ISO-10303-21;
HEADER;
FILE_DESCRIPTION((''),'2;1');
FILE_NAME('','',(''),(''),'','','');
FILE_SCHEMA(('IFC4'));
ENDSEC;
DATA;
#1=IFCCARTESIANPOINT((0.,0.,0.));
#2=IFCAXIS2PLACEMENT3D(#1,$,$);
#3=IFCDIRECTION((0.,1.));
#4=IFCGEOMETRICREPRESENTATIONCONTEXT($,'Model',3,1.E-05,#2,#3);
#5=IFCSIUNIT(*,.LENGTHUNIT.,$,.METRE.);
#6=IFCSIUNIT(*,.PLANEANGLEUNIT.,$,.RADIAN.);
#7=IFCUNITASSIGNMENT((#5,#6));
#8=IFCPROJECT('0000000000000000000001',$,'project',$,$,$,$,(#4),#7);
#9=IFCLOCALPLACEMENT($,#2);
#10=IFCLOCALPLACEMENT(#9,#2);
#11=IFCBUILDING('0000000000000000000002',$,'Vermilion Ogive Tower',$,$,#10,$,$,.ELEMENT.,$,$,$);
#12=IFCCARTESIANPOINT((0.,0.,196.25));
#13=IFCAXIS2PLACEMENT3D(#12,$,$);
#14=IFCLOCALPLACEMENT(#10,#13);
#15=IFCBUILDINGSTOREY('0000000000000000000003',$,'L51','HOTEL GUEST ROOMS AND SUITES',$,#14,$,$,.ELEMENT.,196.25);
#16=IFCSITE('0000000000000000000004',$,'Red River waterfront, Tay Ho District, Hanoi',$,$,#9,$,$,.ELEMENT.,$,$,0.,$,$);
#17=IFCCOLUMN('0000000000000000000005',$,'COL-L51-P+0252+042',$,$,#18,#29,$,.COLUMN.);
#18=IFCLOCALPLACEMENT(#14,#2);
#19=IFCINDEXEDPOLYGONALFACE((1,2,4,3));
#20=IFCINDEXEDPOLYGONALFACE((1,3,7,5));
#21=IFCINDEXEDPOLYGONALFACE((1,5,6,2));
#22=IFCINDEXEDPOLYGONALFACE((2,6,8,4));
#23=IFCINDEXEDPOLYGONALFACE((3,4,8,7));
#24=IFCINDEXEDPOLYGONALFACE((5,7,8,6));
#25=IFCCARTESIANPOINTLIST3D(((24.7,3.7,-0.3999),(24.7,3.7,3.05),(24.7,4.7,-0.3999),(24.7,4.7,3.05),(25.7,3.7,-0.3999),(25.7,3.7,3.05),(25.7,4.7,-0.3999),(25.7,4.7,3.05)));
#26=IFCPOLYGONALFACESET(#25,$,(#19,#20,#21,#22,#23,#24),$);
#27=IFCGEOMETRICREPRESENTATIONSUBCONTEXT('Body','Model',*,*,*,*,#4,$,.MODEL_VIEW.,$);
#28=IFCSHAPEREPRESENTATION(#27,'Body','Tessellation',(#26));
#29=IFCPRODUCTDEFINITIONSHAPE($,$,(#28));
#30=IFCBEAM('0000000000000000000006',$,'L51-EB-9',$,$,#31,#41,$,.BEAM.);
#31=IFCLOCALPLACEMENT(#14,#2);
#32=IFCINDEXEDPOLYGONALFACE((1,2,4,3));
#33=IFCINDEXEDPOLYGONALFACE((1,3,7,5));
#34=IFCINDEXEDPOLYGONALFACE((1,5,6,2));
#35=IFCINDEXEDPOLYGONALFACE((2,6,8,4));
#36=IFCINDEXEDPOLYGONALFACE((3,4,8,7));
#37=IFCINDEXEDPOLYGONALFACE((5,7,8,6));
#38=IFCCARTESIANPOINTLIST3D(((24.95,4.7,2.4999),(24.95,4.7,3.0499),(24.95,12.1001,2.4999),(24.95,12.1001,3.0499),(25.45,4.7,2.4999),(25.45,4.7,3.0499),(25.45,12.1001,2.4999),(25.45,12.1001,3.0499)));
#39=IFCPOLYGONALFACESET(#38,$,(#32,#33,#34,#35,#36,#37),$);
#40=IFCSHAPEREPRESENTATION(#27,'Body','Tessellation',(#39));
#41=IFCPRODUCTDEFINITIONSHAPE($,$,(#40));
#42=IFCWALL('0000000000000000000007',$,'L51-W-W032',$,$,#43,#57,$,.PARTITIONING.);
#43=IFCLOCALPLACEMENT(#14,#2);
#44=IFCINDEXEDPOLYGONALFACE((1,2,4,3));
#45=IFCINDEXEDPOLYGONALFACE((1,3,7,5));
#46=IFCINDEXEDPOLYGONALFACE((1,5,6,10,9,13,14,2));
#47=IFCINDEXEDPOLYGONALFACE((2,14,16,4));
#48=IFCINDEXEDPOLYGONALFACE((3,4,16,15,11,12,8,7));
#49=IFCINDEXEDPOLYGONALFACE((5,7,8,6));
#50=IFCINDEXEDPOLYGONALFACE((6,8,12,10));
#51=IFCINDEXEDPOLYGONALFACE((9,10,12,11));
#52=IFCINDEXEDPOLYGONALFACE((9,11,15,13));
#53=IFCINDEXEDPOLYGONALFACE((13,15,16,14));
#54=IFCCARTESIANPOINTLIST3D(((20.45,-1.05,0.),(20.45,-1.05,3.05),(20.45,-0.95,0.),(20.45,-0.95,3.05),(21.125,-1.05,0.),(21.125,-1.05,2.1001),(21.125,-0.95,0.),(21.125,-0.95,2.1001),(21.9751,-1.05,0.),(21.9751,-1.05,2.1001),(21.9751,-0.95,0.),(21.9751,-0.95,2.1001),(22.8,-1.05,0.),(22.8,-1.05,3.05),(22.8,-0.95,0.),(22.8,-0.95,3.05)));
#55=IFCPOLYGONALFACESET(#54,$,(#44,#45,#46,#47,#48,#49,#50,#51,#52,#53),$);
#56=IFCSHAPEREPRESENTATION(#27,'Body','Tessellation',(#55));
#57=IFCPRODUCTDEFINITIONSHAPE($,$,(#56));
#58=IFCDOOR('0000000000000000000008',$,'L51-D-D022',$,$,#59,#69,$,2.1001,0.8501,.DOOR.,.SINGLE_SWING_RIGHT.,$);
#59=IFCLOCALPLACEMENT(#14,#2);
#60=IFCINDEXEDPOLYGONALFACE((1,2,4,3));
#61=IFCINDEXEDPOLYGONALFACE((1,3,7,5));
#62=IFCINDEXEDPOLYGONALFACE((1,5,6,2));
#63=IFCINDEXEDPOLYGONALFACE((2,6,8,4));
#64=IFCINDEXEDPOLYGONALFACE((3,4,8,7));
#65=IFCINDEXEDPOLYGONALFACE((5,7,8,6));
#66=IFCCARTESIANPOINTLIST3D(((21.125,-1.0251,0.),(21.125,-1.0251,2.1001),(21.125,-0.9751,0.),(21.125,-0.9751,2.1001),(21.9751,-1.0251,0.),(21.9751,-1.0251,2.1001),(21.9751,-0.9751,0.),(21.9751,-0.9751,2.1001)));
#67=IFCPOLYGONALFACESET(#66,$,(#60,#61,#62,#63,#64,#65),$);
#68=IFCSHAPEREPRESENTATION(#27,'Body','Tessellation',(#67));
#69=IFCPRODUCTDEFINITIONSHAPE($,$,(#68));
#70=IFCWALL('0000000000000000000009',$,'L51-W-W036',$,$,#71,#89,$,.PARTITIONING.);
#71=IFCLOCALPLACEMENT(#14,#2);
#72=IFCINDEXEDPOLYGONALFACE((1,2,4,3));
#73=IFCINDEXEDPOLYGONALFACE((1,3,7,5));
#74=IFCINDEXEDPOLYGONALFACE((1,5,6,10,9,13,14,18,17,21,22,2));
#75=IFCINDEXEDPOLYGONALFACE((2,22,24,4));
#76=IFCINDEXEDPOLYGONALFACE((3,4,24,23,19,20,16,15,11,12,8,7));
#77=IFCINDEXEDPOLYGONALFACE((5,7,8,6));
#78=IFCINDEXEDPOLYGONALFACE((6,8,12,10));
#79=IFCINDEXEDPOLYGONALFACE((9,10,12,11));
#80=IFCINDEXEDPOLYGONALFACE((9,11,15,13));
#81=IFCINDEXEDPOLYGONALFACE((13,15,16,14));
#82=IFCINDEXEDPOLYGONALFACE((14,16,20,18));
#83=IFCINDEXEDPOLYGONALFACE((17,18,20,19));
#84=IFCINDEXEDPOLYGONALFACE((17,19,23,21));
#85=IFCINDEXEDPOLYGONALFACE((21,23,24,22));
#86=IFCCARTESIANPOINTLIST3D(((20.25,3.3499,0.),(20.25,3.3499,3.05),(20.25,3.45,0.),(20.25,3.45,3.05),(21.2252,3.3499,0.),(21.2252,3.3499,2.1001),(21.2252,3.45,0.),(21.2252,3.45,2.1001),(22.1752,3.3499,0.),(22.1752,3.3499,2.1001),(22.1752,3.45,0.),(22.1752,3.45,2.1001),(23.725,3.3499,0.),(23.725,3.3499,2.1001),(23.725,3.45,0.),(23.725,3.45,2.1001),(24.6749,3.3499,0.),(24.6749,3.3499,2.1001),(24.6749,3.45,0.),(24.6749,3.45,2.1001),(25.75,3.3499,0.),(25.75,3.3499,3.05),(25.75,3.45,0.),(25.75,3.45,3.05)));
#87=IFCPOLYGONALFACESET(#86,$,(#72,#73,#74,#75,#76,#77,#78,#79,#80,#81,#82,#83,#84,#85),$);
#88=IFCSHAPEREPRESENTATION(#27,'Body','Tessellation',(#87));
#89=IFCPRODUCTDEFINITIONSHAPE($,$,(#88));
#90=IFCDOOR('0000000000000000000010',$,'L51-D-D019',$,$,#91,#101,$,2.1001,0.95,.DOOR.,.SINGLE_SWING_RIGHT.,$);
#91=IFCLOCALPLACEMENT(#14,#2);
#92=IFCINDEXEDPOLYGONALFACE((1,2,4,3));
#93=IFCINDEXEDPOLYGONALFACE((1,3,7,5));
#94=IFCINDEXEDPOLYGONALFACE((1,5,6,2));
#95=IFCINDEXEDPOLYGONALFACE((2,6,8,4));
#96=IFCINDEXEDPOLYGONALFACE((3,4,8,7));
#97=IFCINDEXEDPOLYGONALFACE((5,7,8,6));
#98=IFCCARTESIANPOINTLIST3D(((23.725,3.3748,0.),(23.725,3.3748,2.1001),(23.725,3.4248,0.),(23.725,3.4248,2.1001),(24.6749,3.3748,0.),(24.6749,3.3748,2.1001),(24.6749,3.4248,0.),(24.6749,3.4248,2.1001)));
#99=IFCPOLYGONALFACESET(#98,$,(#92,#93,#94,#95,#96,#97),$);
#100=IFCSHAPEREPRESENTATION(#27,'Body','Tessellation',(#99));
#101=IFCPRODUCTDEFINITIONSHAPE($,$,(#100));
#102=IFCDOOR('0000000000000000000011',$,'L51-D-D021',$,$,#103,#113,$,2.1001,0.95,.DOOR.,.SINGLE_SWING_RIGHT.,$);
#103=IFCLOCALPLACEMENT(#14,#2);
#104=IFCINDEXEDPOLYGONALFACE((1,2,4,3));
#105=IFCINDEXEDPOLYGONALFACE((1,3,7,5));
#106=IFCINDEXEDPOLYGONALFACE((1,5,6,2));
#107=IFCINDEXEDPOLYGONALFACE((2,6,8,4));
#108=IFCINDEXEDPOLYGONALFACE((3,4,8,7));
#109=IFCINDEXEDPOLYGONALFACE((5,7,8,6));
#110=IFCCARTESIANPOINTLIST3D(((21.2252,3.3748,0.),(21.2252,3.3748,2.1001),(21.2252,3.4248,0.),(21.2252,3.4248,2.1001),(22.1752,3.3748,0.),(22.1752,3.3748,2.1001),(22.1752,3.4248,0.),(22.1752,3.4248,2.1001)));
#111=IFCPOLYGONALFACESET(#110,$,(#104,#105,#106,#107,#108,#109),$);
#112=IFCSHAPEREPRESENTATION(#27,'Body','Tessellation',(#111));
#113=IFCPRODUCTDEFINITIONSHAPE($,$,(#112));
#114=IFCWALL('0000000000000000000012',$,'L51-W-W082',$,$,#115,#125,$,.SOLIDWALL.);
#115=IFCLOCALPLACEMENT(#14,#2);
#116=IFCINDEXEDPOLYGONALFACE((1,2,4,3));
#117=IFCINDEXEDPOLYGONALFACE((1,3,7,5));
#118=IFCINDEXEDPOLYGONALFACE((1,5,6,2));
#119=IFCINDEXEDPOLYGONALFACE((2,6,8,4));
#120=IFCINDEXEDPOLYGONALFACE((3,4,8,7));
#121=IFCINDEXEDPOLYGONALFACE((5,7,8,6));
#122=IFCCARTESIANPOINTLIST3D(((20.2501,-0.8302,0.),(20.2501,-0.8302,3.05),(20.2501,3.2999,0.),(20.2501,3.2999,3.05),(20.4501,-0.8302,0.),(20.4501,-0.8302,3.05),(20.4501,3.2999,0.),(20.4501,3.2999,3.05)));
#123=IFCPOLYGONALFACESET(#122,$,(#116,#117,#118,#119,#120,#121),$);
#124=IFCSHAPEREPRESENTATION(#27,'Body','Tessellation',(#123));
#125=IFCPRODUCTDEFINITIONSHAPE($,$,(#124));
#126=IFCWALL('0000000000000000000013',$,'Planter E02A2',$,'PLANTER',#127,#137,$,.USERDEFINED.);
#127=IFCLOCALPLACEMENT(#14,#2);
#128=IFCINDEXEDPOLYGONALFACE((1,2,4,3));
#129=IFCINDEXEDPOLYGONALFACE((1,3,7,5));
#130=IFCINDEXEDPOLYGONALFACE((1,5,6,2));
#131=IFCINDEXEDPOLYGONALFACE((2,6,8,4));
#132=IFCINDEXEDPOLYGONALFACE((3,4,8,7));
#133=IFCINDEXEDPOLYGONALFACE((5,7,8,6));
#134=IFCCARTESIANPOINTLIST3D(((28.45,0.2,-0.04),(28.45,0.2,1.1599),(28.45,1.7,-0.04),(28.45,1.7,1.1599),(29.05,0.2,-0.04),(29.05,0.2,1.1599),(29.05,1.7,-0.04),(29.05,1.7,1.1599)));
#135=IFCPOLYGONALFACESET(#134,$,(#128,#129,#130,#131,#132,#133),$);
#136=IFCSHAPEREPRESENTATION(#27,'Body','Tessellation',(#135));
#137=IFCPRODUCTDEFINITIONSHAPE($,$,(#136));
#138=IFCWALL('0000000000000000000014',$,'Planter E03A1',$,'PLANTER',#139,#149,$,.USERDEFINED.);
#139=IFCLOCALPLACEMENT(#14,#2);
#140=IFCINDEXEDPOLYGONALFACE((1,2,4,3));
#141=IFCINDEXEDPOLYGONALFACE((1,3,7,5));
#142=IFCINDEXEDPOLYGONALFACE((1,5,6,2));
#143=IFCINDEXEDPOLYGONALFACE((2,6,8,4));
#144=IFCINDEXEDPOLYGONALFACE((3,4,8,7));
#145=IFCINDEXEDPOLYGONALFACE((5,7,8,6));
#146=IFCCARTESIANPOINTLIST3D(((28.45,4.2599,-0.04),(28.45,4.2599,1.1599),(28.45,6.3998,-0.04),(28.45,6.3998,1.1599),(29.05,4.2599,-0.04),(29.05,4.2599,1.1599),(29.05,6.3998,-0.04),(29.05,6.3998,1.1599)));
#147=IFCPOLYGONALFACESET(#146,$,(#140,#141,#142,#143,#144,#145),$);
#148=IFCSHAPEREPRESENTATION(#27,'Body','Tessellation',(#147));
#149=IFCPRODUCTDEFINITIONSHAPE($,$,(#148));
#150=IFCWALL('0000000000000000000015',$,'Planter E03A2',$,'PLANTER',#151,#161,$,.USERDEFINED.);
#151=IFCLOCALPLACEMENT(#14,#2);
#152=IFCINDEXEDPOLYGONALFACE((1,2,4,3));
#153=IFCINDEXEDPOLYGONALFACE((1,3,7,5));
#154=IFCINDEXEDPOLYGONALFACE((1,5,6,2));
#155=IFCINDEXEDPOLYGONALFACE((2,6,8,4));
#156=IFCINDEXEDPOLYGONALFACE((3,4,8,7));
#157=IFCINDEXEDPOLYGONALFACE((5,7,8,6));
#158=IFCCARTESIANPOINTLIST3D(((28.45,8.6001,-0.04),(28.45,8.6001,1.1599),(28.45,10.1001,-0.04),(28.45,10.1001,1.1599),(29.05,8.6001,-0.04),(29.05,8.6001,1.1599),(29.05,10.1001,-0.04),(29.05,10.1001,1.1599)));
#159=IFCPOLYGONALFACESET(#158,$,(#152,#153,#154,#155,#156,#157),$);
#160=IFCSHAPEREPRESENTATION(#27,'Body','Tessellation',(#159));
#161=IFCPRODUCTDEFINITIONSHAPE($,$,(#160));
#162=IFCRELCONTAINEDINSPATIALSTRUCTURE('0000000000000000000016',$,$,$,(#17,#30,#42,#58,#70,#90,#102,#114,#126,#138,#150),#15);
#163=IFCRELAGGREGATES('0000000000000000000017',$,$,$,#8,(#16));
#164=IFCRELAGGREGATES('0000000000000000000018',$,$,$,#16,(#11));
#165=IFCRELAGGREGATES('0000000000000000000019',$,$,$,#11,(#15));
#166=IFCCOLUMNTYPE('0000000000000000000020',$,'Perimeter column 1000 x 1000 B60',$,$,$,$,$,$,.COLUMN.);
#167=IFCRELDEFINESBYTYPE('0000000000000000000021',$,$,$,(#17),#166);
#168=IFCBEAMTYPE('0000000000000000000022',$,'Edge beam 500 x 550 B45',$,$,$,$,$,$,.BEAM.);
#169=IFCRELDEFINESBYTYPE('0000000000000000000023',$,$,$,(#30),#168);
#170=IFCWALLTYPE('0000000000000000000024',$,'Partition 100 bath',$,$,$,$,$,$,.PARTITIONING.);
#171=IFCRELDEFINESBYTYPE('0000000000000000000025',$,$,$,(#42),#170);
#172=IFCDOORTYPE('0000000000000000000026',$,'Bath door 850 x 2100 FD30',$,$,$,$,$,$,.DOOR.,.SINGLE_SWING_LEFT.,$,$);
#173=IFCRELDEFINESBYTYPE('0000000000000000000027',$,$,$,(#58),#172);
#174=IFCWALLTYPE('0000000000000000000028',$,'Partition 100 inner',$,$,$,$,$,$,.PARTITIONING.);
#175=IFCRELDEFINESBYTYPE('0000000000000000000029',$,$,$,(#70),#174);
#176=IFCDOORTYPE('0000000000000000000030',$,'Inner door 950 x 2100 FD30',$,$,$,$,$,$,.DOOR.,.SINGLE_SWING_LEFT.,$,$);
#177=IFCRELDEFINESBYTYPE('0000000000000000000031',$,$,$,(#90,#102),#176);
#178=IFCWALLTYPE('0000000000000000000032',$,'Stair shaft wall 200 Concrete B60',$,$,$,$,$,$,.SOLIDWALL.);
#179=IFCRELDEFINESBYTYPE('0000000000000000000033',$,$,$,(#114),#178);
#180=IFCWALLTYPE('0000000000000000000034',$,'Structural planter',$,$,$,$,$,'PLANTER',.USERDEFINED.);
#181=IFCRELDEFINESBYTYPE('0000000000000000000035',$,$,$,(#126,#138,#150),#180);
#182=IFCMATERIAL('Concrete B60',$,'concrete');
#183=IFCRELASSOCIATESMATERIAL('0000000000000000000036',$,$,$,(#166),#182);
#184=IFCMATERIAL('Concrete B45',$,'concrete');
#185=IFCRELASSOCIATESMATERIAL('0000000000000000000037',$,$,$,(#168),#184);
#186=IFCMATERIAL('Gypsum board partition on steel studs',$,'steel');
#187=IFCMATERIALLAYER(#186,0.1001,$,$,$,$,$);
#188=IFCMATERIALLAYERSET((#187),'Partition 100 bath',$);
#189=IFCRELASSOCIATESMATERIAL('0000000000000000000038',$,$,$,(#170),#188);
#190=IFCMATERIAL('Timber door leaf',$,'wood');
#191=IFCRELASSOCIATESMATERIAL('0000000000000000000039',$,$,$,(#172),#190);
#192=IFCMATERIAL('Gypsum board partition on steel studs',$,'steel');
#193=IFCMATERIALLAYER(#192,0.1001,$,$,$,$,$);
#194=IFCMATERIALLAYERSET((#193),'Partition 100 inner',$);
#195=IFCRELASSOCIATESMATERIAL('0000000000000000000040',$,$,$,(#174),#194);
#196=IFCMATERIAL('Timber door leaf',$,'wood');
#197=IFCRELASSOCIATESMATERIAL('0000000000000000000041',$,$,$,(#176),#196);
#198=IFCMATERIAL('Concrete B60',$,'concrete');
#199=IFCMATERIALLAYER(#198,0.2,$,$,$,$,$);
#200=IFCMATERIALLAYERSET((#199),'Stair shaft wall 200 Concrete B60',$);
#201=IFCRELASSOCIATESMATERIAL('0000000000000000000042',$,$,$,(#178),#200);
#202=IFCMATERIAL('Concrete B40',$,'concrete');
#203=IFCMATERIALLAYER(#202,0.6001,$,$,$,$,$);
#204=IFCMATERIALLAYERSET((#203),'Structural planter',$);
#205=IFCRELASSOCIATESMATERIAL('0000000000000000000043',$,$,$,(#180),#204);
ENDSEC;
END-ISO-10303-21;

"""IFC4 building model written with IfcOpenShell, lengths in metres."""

from ifc_helpers import new_model, si_unit, direction, frame, frame_2d, origin, origin_2d, place, context, subcontext, project, spatial, rectangle, extrude, material, layer, layer_set, material_profile, profile_set, type_object, element, fill, save


model = new_model("IFC4")

# Units and contexts
model_context = context("Model", 3, precision=1e-05, world=origin(), true_north=direction((0.0, 1.0)))
body_context = subcontext(model_context, "Body", "Model", "MODEL_VIEW")
ifc_project = project(units=[si_unit("LENGTHUNIT", "METRE"), si_unit("PLANEANGLEUNIT", "RADIAN")], contexts=[model_context])

# Site, building, storey
site_placement = place(None, origin())
site = spatial("IfcSite", under=ifc_project, at=site_placement, Name="Red River waterfront, Tay Ho District, Hanoi", CompositionType="ELEMENT", RefElevation=0.0)
building_placement = place(site_placement, origin())
building = spatial("IfcBuilding", under=site, at=building_placement, Name="Vermilion Ogive Tower", CompositionType="ELEMENT")
storey_placement = place(building_placement, frame((0.0, 0.0, 196.25)))
storey = spatial("IfcBuildingStorey", under=building, at=storey_placement, Name="L51", Description="HOTEL GUEST ROOMS AND SUITES", CompositionType="ELEMENT", Elevation=196.25)

# Column
ifc_material_1 = material(Name="Concrete B60", Category="concrete")
ifc_material_profile_1 = material_profile(ifc_material_1, rectangle(XDim=1.0, YDim=1.0, at=origin_2d()), Name="1000 x 1000")
ifc_profile_set_1 = profile_set([ifc_material_profile_1], Name="Concrete B60")
column_type = type_object("IfcColumnType", Name="Perimeter column 1000 x 1000 B60", PredefinedType="COLUMN", material=ifc_profile_set_1)
column_placement = place(storey_placement, frame((25.2, 4.2, -0.3999), z_axis=(0.0, 0.0, 1.0), x_axis=(1.0, 0.0, 0.0)))
element("IfcColumn", 1, at=column_placement, inside=storey, type_object=column_type, Name="COL-L51-P+0252+042", PredefinedType="COLUMN", context=body_context, shape_type="SweptSolid", body=[
    extrude(rectangle(XDim=1.0, YDim=1.0, at=origin_2d()), origin(), (0.0, 0.0, 1.0), 3.45),
])

# Beam
ifc_material_2 = material(Name="Concrete B45", Category="concrete")
ifc_material_profile_2 = material_profile(ifc_material_2, rectangle(XDim=0.5, YDim=0.55, at=origin_2d()), Name="500 x 550")
ifc_profile_set_2 = profile_set([ifc_material_profile_2], Name="Concrete B45")
beam_type = type_object("IfcBeamType", Name="Edge beam 500 x 550 B45", PredefinedType="BEAM", material=ifc_profile_set_2)
beam_placement = place(storey_placement, frame((25.2, 4.7, 2.7749), z_axis=(0.0, 1.0, 0.0), x_axis=(-1.0, 0.0, 0.0)))
element("IfcBeam", 2, at=beam_placement, inside=storey, type_object=beam_type, Name="L51-EB-9", PredefinedType="BEAM", context=body_context, shape_type="SweptSolid", body=[
    extrude(rectangle(XDim=0.5, YDim=0.55, at=origin_2d()), origin(), (0.0, 0.0, 1.0), 7.4001),
])

# Wall, opening, door
ifc_material_3 = material(Name="Gypsum board partition on steel studs", Category="steel")
ifc_layer_1 = layer(ifc_material_3, 0.1001)
ifc_layer_set_1 = layer_set([ifc_layer_1], Name="Partition 100 bath")
wall_type_1 = type_object("IfcWallType", Name="Partition 100 bath", PredefinedType="PARTITIONING", material=ifc_layer_set_1)
wall_1_placement = place(storey_placement, frame((20.45, -1.0, 0.0), z_axis=(0.0, 0.0, 1.0), x_axis=(1.0, 0.0, 0.0)))
wall_1 = element("IfcWall", 3, at=wall_1_placement, inside=storey, type_object=wall_type_1, Name="L51-W-W032", PredefinedType="PARTITIONING", context=body_context, shape_type="SweptSolid", body=[
    extrude(rectangle(XDim=2.3501, YDim=0.1001, at=frame_2d((1.175, 0.0))), origin(), (0.0, 0.0, 1.0), 3.05),
])
opening_1_placement = place(wall_1_placement, frame((0.675, 0.0, 0.0)))
opening_1 = element("IfcOpeningElement", 4, at=opening_1_placement, cuts=wall_1, PredefinedType="OPENING", context=body_context, shape_type="SweptSolid", body=[
    extrude(rectangle(XDim=0.8501, YDim=2.1001, at=frame_2d((0.425, 1.05))), frame((0.0, 0.0601, 0.0), z_axis=(0.0, -1.0, 0.0), x_axis=(1.0, 0.0, 0.0)), (0.0, 0.0, 1.0), 0.1201),
])
ifc_material_4 = material(Name="Timber door leaf", Category="wood")
door_type_1 = type_object("IfcDoorType", Name="Bath door 850 x 2100 FD30", OperationType="SINGLE_SWING_LEFT", PredefinedType="DOOR", material=ifc_material_4)
door_1_placement = place(opening_1_placement, origin())
door_1 = element("IfcDoor", 5, at=door_1_placement, inside=storey, type_object=door_type_1, Name="L51-D-D022", OperationType="SINGLE_SWING_RIGHT", OverallHeight=2.1001, OverallWidth=0.8501, PredefinedType="DOOR", context=body_context, shape_type="SweptSolid", body=[
    extrude(rectangle(XDim=0.8501, YDim=2.1001, at=frame_2d((0.425, 1.05))), frame((0.0, 0.0249, 0.0), z_axis=(0.0, -1.0, 0.0), x_axis=(1.0, 0.0, 0.0)), (0.0, 0.0, 1.0), 0.05),
])
fill(opening_1, door_1)

# Wall, openings, doors
ifc_material_5 = material(Name="Gypsum board partition on steel studs", Category="steel")
ifc_layer_2 = layer(ifc_material_5, 0.1001)
ifc_layer_set_2 = layer_set([ifc_layer_2], Name="Partition 100 inner")
wall_type_2 = type_object("IfcWallType", Name="Partition 100 inner", PredefinedType="PARTITIONING", material=ifc_layer_set_2)
wall_2_placement = place(storey_placement, frame((20.25, 3.3999, 0.0), z_axis=(0.0, 0.0, 1.0), x_axis=(1.0, 0.0, 0.0)))
wall_2 = element("IfcWall", 6, at=wall_2_placement, inside=storey, type_object=wall_type_2, Name="L51-W-W036", PredefinedType="PARTITIONING", context=body_context, shape_type="SweptSolid", body=[
    extrude(rectangle(XDim=5.5, YDim=0.1001, at=frame_2d((2.75, 0.0))), origin(), (0.0, 0.0, 1.0), 3.05),
])
opening_2_placement = place(wall_2_placement, frame((3.4749, 0.0, 0.0)))
opening_2 = element("IfcOpeningElement", 7, at=opening_2_placement, cuts=wall_2, PredefinedType="OPENING", context=body_context, shape_type="SweptSolid", body=[
    extrude(rectangle(XDim=0.95, YDim=2.1001, at=frame_2d((0.4751, 1.05))), frame((0.0, 0.0601, 0.0), z_axis=(0.0, -1.0, 0.0), x_axis=(1.0, 0.0, 0.0)), (0.0, 0.0, 1.0), 0.1201),
])
opening_3_placement = place(wall_2_placement, frame((0.9751, 0.0, 0.0)))
opening_3 = element("IfcOpeningElement", 8, at=opening_3_placement, cuts=wall_2, PredefinedType="OPENING", context=body_context, shape_type="SweptSolid", body=[
    extrude(rectangle(XDim=0.95, YDim=2.1001, at=frame_2d((0.4751, 1.05))), frame((0.0, 0.0601, 0.0), z_axis=(0.0, -1.0, 0.0), x_axis=(1.0, 0.0, 0.0)), (0.0, 0.0, 1.0), 0.1201),
])
ifc_material_6 = material(Name="Timber door leaf", Category="wood")
door_type_2 = type_object("IfcDoorType", Name="Inner door 950 x 2100 FD30", OperationType="SINGLE_SWING_LEFT", PredefinedType="DOOR", material=ifc_material_6)
door_2_placement = place(opening_2_placement, origin())
door_2 = element("IfcDoor", 9, at=door_2_placement, inside=storey, type_object=door_type_2, Name="L51-D-D019", OperationType="SINGLE_SWING_RIGHT", OverallHeight=2.1001, OverallWidth=0.95, PredefinedType="DOOR", context=body_context, shape_type="SweptSolid", body=[
    extrude(rectangle(XDim=0.95, YDim=2.1001, at=frame_2d((0.4751, 1.05))), frame((0.0, 0.0249, 0.0), z_axis=(0.0, -1.0, 0.0), x_axis=(1.0, 0.0, 0.0)), (0.0, 0.0, 1.0), 0.05),
])
fill(opening_2, door_2)
door_3_placement = place(opening_3_placement, origin())
door_3 = element("IfcDoor", 10, at=door_3_placement, inside=storey, type_object=door_type_2, Name="L51-D-D021", OperationType="SINGLE_SWING_RIGHT", OverallHeight=2.1001, OverallWidth=0.95, PredefinedType="DOOR", context=body_context, shape_type="SweptSolid", body=[
    extrude(rectangle(XDim=0.95, YDim=2.1001, at=frame_2d((0.4751, 1.05))), frame((0.0, 0.0249, 0.0), z_axis=(0.0, -1.0, 0.0), x_axis=(1.0, 0.0, 0.0)), (0.0, 0.0, 1.0), 0.05),
])
fill(opening_3, door_3)

# Walls
ifc_material_7 = material(Name="Concrete B60", Category="concrete")
ifc_layer_3 = layer(ifc_material_7, 0.2)
ifc_layer_set_3 = layer_set([ifc_layer_3], Name="Stair shaft wall 200 Concrete B60")
wall_type_3 = type_object("IfcWallType", Name="Stair shaft wall 200 Concrete B60", PredefinedType="SOLIDWALL", material=ifc_layer_set_3)
wall_3_placement = place(storey_placement, frame((20.3501, -0.8301, 0.0), z_axis=(0.0, 0.0, 1.0), x_axis=(0.0, 1.0, 0.0)))
element("IfcWall", 11, at=wall_3_placement, inside=storey, type_object=wall_type_3, Name="L51-W-W082", PredefinedType="SOLIDWALL", context=body_context, shape_type="SweptSolid", body=[
    extrude(rectangle(XDim=4.1301, YDim=0.2, at=frame_2d((2.0649, 0.0))), origin(), (0.0, 0.0, 1.0), 3.05),
])
ifc_material_8 = material(Name="Concrete B40", Category="concrete")
ifc_layer_4 = layer(ifc_material_8, 0.6001)
ifc_layer_set_4 = layer_set([ifc_layer_4], Name="Structural planter")
wall_type_4 = type_object("IfcWallType", Name="Structural planter", ElementType="PLANTER", PredefinedType="USERDEFINED", material=ifc_layer_set_4)
wall_4_placement = place(storey_placement, frame((28.75, 0.2, -0.04), z_axis=(0.0, 0.0, 1.0), x_axis=(0.0, 1.0, 0.0)))
element("IfcWall", 12, at=wall_4_placement, inside=storey, type_object=wall_type_4, Name="Planter E02A2", ObjectType="PLANTER", PredefinedType="USERDEFINED", context=body_context, shape_type="SweptSolid", body=[
    extrude(rectangle(XDim=1.5, YDim=0.6001, at=frame_2d((0.75, 0.0))), origin(), (0.0, 0.0, 1.0), 1.2),
])
wall_5_placement = place(storey_placement, frame((28.75, 4.26, -0.04), z_axis=(0.0, 0.0, 1.0), x_axis=(0.0, 1.0, 0.0)))
element("IfcWall", 13, at=wall_5_placement, inside=storey, type_object=wall_type_4, Name="Planter E03A1", ObjectType="PLANTER", PredefinedType="USERDEFINED", context=body_context, shape_type="SweptSolid", body=[
    extrude(rectangle(XDim=2.1399, YDim=0.6001, at=frame_2d((1.0698, 0.0))), origin(), (0.0, 0.0, 1.0), 1.2),
])
wall_6_placement = place(storey_placement, frame((28.75, 8.6001, -0.04), z_axis=(0.0, 0.0, 1.0), x_axis=(0.0, 1.0, 0.0)))
element("IfcWall", 14, at=wall_6_placement, inside=storey, type_object=wall_type_4, Name="Planter E03A2", ObjectType="PLANTER", PredefinedType="USERDEFINED", context=body_context, shape_type="SweptSolid", body=[
    extrude(rectangle(XDim=1.5, YDim=0.6001, at=frame_2d((0.75, 0.0))), origin(), (0.0, 0.0, 1.0), 1.2),
])

save(model, "model.ifc")
